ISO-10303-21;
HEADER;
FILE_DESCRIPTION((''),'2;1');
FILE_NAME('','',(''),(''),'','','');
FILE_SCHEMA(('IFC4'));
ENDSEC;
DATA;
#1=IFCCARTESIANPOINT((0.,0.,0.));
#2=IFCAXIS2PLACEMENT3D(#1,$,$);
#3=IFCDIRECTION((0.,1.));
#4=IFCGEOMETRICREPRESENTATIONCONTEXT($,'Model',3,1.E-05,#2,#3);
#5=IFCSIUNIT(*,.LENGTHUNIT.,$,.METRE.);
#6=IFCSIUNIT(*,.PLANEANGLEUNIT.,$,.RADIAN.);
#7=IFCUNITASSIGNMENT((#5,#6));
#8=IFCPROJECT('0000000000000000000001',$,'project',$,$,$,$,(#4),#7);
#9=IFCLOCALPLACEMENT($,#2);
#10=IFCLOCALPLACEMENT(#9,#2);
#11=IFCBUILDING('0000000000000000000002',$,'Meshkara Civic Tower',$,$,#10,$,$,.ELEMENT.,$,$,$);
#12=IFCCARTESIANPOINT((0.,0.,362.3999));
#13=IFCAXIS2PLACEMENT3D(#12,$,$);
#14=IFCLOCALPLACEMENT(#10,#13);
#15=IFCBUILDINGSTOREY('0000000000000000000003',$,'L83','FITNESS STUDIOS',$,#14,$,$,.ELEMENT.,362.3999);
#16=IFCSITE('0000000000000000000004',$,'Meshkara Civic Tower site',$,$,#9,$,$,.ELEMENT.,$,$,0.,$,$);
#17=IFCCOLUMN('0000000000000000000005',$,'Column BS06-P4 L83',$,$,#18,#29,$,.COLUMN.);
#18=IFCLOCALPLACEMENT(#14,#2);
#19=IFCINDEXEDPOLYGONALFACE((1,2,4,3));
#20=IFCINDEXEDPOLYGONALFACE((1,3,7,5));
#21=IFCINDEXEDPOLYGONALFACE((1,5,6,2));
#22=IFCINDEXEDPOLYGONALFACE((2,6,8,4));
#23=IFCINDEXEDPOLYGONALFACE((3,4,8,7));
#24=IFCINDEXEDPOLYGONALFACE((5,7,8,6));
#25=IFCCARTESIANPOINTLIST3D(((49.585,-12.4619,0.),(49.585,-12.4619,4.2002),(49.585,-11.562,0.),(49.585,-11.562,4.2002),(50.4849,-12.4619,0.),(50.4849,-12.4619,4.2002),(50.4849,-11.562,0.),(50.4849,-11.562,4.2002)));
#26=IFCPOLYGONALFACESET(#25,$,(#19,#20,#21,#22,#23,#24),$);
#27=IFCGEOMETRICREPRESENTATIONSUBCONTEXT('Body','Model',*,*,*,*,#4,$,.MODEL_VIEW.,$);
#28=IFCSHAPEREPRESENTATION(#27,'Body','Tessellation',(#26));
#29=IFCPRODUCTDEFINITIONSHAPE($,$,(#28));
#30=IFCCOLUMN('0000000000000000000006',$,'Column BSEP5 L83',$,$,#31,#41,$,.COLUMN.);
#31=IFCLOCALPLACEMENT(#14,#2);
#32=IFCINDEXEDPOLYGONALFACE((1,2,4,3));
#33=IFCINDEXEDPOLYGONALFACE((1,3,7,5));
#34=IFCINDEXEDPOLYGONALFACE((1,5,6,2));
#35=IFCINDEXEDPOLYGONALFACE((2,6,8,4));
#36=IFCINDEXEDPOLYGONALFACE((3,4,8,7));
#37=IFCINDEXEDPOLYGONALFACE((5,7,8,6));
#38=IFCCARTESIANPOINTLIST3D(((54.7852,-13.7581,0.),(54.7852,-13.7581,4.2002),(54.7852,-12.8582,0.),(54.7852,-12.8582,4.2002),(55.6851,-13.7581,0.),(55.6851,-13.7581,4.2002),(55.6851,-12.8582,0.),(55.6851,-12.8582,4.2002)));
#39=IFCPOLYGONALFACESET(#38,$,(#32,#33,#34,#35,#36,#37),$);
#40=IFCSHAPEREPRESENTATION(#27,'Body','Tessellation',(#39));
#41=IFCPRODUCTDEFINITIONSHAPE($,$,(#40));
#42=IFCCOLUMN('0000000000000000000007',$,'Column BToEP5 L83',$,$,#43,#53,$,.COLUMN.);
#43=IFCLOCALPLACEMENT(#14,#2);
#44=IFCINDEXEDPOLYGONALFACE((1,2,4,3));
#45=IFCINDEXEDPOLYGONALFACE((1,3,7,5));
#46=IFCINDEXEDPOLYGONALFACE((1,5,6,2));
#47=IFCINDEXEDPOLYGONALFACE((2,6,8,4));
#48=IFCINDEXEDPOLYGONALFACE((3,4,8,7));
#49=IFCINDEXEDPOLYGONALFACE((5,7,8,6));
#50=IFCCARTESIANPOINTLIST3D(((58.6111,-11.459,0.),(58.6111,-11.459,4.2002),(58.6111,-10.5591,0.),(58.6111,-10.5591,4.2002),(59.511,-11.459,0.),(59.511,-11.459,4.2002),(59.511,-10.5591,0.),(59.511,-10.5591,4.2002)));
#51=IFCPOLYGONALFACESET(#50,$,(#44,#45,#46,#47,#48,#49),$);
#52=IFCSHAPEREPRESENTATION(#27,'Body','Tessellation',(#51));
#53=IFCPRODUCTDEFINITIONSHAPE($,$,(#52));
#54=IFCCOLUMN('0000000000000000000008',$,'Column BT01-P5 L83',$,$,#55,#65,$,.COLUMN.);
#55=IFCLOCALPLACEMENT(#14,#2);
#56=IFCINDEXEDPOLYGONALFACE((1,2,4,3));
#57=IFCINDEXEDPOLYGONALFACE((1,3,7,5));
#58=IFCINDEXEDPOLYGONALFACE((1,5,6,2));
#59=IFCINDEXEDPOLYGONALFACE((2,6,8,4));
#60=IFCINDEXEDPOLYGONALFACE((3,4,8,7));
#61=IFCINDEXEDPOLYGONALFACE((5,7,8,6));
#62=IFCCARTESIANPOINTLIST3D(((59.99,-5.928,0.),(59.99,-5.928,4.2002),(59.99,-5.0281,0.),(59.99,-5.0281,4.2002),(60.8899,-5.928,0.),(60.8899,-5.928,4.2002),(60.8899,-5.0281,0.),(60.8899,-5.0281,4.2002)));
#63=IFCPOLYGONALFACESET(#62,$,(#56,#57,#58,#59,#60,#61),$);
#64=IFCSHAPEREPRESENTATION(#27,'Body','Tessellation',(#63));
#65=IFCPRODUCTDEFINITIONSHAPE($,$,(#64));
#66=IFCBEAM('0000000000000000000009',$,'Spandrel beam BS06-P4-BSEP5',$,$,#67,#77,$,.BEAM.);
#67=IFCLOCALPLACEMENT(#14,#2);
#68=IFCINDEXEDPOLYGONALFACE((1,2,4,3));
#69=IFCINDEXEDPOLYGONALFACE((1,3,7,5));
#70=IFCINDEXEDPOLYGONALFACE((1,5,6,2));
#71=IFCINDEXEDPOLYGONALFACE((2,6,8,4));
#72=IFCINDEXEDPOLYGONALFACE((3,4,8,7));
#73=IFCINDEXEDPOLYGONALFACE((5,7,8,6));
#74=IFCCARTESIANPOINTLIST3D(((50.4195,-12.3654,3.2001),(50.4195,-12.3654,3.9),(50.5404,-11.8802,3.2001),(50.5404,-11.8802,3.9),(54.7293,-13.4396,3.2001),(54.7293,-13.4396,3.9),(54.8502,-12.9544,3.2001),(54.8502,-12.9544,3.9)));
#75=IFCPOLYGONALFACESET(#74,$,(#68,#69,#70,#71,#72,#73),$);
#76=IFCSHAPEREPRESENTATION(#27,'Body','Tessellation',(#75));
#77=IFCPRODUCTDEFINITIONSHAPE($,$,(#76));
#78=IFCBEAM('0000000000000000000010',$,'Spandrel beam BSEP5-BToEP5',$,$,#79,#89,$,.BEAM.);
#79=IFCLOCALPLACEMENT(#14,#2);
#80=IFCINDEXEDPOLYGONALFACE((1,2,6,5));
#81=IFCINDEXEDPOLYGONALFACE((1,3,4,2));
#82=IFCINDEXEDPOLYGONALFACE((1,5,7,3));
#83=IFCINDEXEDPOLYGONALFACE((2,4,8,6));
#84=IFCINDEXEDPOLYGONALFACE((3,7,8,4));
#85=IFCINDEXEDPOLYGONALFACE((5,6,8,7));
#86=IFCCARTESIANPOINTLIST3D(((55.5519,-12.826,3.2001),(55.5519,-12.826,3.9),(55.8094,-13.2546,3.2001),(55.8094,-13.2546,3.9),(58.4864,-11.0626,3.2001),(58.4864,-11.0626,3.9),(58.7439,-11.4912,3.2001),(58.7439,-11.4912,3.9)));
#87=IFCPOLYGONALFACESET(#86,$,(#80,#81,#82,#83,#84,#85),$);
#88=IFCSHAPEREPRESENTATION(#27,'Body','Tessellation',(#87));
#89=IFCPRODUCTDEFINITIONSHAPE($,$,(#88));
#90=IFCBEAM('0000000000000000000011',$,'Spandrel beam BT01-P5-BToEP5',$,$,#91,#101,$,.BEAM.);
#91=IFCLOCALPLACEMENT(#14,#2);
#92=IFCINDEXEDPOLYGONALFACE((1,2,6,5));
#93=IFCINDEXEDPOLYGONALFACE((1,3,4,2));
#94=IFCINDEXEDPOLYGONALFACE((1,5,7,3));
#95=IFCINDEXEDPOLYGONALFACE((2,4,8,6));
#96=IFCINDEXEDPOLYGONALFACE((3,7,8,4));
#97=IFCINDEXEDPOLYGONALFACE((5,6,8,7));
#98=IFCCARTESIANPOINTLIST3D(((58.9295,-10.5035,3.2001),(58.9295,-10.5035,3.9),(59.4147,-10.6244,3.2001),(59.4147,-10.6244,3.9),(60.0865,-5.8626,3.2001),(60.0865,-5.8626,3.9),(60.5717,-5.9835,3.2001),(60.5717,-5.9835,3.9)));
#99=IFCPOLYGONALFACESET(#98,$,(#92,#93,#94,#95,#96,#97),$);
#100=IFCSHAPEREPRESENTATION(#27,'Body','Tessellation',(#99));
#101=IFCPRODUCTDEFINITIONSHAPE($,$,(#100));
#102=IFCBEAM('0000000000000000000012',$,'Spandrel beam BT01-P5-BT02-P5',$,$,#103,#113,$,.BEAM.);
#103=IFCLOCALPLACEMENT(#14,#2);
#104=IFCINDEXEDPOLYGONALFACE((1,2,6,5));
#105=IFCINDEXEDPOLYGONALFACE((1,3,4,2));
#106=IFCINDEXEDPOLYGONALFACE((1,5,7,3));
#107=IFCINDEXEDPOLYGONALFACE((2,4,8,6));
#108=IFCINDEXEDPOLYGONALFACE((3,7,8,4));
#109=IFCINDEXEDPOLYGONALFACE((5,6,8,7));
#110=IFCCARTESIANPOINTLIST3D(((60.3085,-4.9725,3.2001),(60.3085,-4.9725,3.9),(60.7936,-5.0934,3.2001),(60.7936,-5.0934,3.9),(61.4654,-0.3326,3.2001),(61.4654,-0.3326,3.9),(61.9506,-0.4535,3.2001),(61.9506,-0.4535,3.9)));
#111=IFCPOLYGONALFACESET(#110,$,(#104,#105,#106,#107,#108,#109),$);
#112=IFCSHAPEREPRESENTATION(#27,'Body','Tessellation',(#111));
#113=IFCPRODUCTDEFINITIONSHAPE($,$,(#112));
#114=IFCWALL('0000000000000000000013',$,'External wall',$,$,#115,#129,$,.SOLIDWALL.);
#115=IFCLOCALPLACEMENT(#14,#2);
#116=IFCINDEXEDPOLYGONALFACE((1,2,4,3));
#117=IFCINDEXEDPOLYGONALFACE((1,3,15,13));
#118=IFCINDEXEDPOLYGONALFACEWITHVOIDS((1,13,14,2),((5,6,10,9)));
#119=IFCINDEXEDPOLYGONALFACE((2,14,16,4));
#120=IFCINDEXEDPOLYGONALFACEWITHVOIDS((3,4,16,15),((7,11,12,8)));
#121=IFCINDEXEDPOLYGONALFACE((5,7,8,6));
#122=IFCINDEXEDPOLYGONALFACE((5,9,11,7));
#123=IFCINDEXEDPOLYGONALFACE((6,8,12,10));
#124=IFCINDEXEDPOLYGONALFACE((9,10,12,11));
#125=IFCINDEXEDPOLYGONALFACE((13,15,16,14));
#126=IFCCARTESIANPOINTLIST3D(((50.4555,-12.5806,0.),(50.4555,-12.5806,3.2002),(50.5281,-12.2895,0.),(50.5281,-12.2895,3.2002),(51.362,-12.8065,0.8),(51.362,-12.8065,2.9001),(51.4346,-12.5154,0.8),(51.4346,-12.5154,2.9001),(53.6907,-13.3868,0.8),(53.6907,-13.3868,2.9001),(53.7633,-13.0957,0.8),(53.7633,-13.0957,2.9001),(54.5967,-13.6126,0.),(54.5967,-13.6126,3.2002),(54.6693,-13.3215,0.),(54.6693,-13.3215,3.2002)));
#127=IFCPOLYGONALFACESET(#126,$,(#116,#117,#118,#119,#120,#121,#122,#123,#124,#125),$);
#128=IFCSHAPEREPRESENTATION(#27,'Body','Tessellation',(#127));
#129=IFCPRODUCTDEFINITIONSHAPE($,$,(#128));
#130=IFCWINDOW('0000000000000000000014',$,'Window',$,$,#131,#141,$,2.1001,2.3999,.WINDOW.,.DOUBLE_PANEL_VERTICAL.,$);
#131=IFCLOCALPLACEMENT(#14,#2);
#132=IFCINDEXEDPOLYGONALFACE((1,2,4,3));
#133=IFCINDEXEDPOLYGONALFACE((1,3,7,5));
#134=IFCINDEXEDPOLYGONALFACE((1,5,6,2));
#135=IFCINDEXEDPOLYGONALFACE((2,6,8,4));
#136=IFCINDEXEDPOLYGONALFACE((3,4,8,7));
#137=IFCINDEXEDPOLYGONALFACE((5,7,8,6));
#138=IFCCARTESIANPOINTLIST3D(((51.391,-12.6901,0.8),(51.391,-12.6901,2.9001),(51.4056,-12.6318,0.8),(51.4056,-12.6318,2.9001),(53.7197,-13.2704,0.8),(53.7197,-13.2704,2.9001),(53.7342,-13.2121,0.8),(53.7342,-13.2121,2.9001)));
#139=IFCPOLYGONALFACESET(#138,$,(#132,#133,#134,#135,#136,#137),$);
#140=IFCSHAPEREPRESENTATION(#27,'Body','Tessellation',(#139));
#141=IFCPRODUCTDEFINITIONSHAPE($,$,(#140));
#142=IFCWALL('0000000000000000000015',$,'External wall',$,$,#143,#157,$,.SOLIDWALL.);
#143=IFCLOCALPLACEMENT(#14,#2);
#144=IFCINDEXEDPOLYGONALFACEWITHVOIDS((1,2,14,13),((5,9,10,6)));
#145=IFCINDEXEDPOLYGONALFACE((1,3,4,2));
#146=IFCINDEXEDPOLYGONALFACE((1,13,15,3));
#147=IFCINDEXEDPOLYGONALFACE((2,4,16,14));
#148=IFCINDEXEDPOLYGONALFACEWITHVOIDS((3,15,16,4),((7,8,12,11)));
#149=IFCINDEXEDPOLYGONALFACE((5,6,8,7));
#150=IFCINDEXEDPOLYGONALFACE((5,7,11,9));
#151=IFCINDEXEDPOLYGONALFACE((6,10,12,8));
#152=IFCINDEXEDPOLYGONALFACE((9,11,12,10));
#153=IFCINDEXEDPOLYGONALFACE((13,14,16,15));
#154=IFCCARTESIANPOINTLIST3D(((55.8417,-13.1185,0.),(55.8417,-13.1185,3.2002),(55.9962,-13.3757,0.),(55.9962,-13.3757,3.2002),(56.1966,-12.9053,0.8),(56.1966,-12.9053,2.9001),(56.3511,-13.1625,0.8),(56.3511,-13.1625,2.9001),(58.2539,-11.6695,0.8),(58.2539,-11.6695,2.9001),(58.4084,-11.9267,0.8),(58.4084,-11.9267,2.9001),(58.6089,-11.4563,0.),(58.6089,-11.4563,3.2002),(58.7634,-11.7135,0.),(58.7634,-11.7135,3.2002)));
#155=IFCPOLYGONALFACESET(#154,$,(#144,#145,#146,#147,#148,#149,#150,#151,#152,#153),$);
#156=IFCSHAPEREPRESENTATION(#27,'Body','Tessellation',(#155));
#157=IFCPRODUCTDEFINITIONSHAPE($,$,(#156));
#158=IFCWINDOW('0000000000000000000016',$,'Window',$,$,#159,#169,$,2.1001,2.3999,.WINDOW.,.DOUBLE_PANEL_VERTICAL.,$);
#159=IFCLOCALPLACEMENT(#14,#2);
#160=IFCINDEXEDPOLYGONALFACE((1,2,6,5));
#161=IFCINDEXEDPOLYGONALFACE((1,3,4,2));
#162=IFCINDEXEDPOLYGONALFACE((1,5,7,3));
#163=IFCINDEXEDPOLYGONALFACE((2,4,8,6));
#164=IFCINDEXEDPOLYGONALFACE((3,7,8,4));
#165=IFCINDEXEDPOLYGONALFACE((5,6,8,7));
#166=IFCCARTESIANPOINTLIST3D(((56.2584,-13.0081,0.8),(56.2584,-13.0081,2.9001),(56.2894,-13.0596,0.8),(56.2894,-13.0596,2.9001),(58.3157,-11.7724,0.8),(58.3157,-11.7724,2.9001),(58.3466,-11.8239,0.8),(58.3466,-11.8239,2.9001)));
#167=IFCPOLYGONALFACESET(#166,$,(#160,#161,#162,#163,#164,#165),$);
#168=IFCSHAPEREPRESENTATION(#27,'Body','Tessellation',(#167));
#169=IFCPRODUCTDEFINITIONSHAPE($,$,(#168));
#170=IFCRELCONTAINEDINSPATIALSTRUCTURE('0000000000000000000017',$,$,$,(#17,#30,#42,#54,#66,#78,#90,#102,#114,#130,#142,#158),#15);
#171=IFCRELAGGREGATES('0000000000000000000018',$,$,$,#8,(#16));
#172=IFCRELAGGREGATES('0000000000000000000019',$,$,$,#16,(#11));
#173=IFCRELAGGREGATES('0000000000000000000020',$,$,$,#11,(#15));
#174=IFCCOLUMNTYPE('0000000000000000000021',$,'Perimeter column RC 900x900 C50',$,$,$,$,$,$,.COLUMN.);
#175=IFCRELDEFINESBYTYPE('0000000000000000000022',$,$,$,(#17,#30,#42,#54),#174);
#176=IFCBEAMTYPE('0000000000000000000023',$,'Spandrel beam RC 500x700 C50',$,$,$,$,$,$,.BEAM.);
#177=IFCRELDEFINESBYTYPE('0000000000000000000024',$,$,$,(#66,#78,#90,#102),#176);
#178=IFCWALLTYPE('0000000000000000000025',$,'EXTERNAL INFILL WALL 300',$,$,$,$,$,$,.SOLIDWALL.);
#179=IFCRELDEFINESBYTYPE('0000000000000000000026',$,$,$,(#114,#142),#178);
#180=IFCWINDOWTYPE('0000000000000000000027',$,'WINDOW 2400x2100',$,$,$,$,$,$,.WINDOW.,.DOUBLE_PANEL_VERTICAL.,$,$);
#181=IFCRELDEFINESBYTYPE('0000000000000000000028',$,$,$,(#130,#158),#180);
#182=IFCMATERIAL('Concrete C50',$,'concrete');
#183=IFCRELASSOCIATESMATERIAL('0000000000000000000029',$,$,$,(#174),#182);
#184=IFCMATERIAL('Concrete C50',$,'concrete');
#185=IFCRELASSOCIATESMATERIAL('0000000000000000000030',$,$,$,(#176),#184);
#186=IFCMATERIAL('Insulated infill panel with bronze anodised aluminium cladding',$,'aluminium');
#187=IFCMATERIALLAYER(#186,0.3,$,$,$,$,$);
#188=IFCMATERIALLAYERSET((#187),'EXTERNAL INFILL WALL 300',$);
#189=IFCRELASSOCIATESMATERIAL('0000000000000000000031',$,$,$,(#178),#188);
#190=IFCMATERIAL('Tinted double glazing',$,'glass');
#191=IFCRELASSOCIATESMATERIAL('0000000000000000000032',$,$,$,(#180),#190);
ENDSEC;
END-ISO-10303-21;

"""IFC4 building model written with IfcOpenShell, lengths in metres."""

from ifc_helpers import new_model, si_unit, direction, frame, frame_2d, origin, origin_2d, place, context, subcontext, project, spatial, rectangle, extrude, material, layer, layer_set, material_profile, profile_set, type_object, element, fill, save


model = new_model("IFC4")

# Units and contexts
model_context = context("Model", 3, precision=1e-05, world=origin(), true_north=direction((0.0, 1.0)))
body_context = subcontext(model_context, "Body", "Model", "MODEL_VIEW")
ifc_project = project(units=[si_unit("LENGTHUNIT", "METRE"), si_unit("PLANEANGLEUNIT", "RADIAN")], contexts=[model_context])

# Site, building, storey
site_placement = place(None, origin())
site = spatial("IfcSite", under=ifc_project, at=site_placement, Name="Meshkara Civic Tower site", CompositionType="ELEMENT", RefElevation=0.0)
building_placement = place(site_placement, origin())
building = spatial("IfcBuilding", under=site, at=building_placement, Name="Meshkara Civic Tower", CompositionType="ELEMENT")
storey_placement = place(building_placement, frame((0.0, 0.0, 362.3999)))
storey = spatial("IfcBuildingStorey", under=building, at=storey_placement, Name="L83", Description="FITNESS STUDIOS", CompositionType="ELEMENT", Elevation=362.3999)

# Columns
ifc_material_1 = material(Name="Concrete C50", Category="concrete")
ifc_material_profile_1 = material_profile(ifc_material_1, rectangle(XDim=0.8999, YDim=0.8999, at=origin_2d()))
ifc_profile_set_1 = profile_set([ifc_material_profile_1], Name="Concrete C50")
column_type = type_object("IfcColumnType", Name="Perimeter column RC 900x900 C50", PredefinedType="COLUMN", material=ifc_profile_set_1)
for number, where, z_axis, x_axis, name in (
    (1, (50.0349, -12.012, 0.0), (0.0, 0.0, 1.0), (1.0, 0.0, 0.0), "Column BS06-P4 L83"),
    (2, (55.2351, -13.3081, 0.0), (0.0, 0.0, 1.0), (1.0, 0.0, 0.0), "Column BSEP5 L83"),
    (3, (59.061, -11.009, 0.0), (0.0, 0.0, 1.0), (1.0, 0.0, 0.0), "Column BToEP5 L83"),
    (4, (60.4399, -5.478, 0.0), (0.0, 0.0, 1.0), (1.0, 0.0, 0.0), "Column BT01-P5 L83"),
):
    element("IfcColumn", number, at=place(storey_placement, frame(where, z_axis=z_axis, x_axis=x_axis)), inside=storey, type_object=column_type, Name=name, PredefinedType="COLUMN", context=body_context, shape_type="SweptSolid", body=[
        extrude(rectangle(XDim=0.8999, YDim=0.8999, at=origin_2d()), origin(), (0.0, 0.0, 1.0), 4.2002),
    ])

# Beams
ifc_material_2 = material(Name="Concrete C50", Category="concrete")
ifc_material_profile_2 = material_profile(ifc_material_2, rectangle(XDim=0.5, YDim=0.7, at=origin_2d()))
ifc_profile_set_2 = profile_set([ifc_material_profile_2], Name="Concrete C50")
beam_type = type_object("IfcBeamType", Name="Spandrel beam RC 500x700 C50", PredefinedType="BEAM", material=ifc_profile_set_2)
beam_1_placement = place(storey_placement, frame((50.48, -12.1228, 3.55), z_axis=(0.970314, -0.24185, 0.0), x_axis=(0.24185, 0.970314, 0.0)))
element("IfcBeam", 5, at=beam_1_placement, inside=storey, type_object=beam_type, Name="Spandrel beam BS06-P4-BSEP5", PredefinedType="BEAM", context=body_context, shape_type="SweptSolid", body=[
    extrude(rectangle(XDim=0.5, YDim=0.7, at=origin_2d()), origin(), (0.0, 0.0, 1.0), 4.4417),
])
beam_2_placement = place(storey_placement, frame((55.6807, -13.0403, 3.55), z_axis=(0.857147, 0.515072, 0.0), x_axis=(-0.515072, 0.857147, 0.0)))
element("IfcBeam", 6, at=beam_2_placement, inside=storey, type_object=beam_type, Name="Spandrel beam BSEP5-BToEP5", PredefinedType="BEAM", context=body_context, shape_type="SweptSolid", body=[
    extrude(rectangle(XDim=0.5, YDim=0.7, at=origin_2d()), origin(), (0.0, 0.0, 1.0), 3.4236),
])
beam_3_placement = place(storey_placement, frame((59.1721, -10.564, 3.55), z_axis=(0.241899, 0.970301, 0.0), x_axis=(-0.970301, 0.241899, 0.0)))
element("IfcBeam", 7, at=beam_3_placement, inside=storey, type_object=beam_type, Name="Spandrel beam BT01-P5-BToEP5", PredefinedType="BEAM", context=body_context, shape_type="SweptSolid", body=[
    extrude(rectangle(XDim=0.5, YDim=0.7, at=origin_2d()), origin(), (0.0, 0.0, 1.0), 4.783),
])
beam_4_placement = place(storey_placement, frame((60.551, -5.033, 3.55), z_axis=(0.241947, 0.970289, 0.0), x_axis=(-0.970289, 0.241947, 0.0)))
element("IfcBeam", 8, at=beam_4_placement, inside=storey, type_object=beam_type, Name="Spandrel beam BT01-P5-BT02-P5", PredefinedType="BEAM", context=body_context, shape_type="SweptSolid", body=[
    extrude(rectangle(XDim=0.5, YDim=0.7, at=origin_2d()), origin(), (0.0, 0.0, 1.0), 4.782),
])

# Walls, openings, windows
ifc_material_3 = material(Name="Insulated infill panel with bronze anodised aluminium cladding", Category="aluminium")
ifc_layer_1 = layer(ifc_material_3, 0.3)
ifc_layer_set_1 = layer_set([ifc_layer_1], Name="EXTERNAL INFILL WALL 300")
wall_type_1 = type_object("IfcWallType", Name="EXTERNAL INFILL WALL 300", PredefinedType="SOLIDWALL", material=ifc_layer_set_1)
wall_1_placement = place(storey_placement, frame((50.4919, -12.4351, 0.0), z_axis=(0.0, 0.0, 1.0), x_axis=(0.970324, -0.241809, 0.0)))
wall_1 = element("IfcWall", 9, at=wall_1_placement, inside=storey, type_object=wall_type_1, Name="External wall", PredefinedType="SOLIDWALL", context=body_context, shape_type="SweptSolid", body=[
    extrude(rectangle(XDim=4.2678, YDim=0.3, at=frame_2d((2.1338, 0.0))), origin(), (0.0, 0.0, 1.0), 3.2002),
])
opening_1_placement = place(wall_1_placement, frame((0.9341, 0.0, 0.8)))
opening_1 = element("IfcOpeningElement", 10, at=opening_1_placement, cuts=wall_1, PredefinedType="OPENING", context=body_context, shape_type="SweptSolid", body=[
    extrude(rectangle(XDim=2.3999, YDim=2.1001, at=frame_2d((1.2, 1.05))), frame((0.0, 0.1599, 0.0), z_axis=(0.0, -1.0, 0.0), x_axis=(1.0, 0.0, 0.0)), (0.0, 0.0, 1.0), 0.3201),
])
ifc_material_4 = material(Name="Tinted double glazing", Category="glass")
window_type = type_object("IfcWindowType", Name="WINDOW 2400x2100", PartitioningType="DOUBLE_PANEL_VERTICAL", PredefinedType="WINDOW", material=ifc_material_4)
window_1_placement = place(opening_1_placement, origin())
window_1 = element("IfcWindow", 11, at=window_1_placement, inside=storey, type_object=window_type, Name="Window", OverallHeight=2.1001, OverallWidth=2.3999, PartitioningType="DOUBLE_PANEL_VERTICAL", PredefinedType="WINDOW", context=body_context, shape_type="SweptSolid", body=[
    extrude(rectangle(XDim=2.3999, YDim=2.1001, at=frame_2d((1.2, 1.05))), frame((0.0, 0.03, 0.0), z_axis=(0.0, -1.0, 0.0), x_axis=(1.0, 0.0, 0.0)), (0.0, 0.0, 1.0), 0.0601),
])
fill(opening_1, window_1)
wall_2_placement = place(storey_placement, frame((55.9189, -13.2471, 0.0), z_axis=(0.0, 0.0, 1.0), x_axis=(0.857239, 0.514918, 0.0)))
wall_2 = element("IfcWall", 12, at=wall_2_placement, inside=storey, type_object=wall_type_1, Name="External wall", PredefinedType="SOLIDWALL", context=body_context, shape_type="SweptSolid", body=[
    extrude(rectangle(XDim=3.228, YDim=0.3, at=frame_2d((1.614, 0.0))), origin(), (0.0, 0.0, 1.0), 3.2002),
])
opening_2_placement = place(wall_2_placement, frame((0.4141, 0.0, 0.8)))
opening_2 = element("IfcOpeningElement", 13, at=opening_2_placement, cuts=wall_2, PredefinedType="OPENING", context=body_context, shape_type="SweptSolid", body=[
    extrude(rectangle(XDim=2.3999, YDim=2.1001, at=frame_2d((1.2, 1.05))), frame((0.0, 0.1599, 0.0), z_axis=(0.0, -1.0, 0.0), x_axis=(1.0, 0.0, 0.0)), (0.0, 0.0, 1.0), 0.3201),
])
window_2_placement = place(opening_2_placement, origin())
window_2 = element("IfcWindow", 14, at=window_2_placement, inside=storey, type_object=window_type, Name="Window", OverallHeight=2.1001, OverallWidth=2.3999, PartitioningType="DOUBLE_PANEL_VERTICAL", PredefinedType="WINDOW", context=body_context, shape_type="SweptSolid", body=[
    extrude(rectangle(XDim=2.3999, YDim=2.1001, at=frame_2d((1.2, 1.05))), frame((0.0, 0.03, 0.0), z_axis=(0.0, -1.0, 0.0), x_axis=(1.0, 0.0, 0.0)), (0.0, 0.0, 1.0), 0.0601),
])
fill(opening_2, window_2)

save(model, "model.ifc")
